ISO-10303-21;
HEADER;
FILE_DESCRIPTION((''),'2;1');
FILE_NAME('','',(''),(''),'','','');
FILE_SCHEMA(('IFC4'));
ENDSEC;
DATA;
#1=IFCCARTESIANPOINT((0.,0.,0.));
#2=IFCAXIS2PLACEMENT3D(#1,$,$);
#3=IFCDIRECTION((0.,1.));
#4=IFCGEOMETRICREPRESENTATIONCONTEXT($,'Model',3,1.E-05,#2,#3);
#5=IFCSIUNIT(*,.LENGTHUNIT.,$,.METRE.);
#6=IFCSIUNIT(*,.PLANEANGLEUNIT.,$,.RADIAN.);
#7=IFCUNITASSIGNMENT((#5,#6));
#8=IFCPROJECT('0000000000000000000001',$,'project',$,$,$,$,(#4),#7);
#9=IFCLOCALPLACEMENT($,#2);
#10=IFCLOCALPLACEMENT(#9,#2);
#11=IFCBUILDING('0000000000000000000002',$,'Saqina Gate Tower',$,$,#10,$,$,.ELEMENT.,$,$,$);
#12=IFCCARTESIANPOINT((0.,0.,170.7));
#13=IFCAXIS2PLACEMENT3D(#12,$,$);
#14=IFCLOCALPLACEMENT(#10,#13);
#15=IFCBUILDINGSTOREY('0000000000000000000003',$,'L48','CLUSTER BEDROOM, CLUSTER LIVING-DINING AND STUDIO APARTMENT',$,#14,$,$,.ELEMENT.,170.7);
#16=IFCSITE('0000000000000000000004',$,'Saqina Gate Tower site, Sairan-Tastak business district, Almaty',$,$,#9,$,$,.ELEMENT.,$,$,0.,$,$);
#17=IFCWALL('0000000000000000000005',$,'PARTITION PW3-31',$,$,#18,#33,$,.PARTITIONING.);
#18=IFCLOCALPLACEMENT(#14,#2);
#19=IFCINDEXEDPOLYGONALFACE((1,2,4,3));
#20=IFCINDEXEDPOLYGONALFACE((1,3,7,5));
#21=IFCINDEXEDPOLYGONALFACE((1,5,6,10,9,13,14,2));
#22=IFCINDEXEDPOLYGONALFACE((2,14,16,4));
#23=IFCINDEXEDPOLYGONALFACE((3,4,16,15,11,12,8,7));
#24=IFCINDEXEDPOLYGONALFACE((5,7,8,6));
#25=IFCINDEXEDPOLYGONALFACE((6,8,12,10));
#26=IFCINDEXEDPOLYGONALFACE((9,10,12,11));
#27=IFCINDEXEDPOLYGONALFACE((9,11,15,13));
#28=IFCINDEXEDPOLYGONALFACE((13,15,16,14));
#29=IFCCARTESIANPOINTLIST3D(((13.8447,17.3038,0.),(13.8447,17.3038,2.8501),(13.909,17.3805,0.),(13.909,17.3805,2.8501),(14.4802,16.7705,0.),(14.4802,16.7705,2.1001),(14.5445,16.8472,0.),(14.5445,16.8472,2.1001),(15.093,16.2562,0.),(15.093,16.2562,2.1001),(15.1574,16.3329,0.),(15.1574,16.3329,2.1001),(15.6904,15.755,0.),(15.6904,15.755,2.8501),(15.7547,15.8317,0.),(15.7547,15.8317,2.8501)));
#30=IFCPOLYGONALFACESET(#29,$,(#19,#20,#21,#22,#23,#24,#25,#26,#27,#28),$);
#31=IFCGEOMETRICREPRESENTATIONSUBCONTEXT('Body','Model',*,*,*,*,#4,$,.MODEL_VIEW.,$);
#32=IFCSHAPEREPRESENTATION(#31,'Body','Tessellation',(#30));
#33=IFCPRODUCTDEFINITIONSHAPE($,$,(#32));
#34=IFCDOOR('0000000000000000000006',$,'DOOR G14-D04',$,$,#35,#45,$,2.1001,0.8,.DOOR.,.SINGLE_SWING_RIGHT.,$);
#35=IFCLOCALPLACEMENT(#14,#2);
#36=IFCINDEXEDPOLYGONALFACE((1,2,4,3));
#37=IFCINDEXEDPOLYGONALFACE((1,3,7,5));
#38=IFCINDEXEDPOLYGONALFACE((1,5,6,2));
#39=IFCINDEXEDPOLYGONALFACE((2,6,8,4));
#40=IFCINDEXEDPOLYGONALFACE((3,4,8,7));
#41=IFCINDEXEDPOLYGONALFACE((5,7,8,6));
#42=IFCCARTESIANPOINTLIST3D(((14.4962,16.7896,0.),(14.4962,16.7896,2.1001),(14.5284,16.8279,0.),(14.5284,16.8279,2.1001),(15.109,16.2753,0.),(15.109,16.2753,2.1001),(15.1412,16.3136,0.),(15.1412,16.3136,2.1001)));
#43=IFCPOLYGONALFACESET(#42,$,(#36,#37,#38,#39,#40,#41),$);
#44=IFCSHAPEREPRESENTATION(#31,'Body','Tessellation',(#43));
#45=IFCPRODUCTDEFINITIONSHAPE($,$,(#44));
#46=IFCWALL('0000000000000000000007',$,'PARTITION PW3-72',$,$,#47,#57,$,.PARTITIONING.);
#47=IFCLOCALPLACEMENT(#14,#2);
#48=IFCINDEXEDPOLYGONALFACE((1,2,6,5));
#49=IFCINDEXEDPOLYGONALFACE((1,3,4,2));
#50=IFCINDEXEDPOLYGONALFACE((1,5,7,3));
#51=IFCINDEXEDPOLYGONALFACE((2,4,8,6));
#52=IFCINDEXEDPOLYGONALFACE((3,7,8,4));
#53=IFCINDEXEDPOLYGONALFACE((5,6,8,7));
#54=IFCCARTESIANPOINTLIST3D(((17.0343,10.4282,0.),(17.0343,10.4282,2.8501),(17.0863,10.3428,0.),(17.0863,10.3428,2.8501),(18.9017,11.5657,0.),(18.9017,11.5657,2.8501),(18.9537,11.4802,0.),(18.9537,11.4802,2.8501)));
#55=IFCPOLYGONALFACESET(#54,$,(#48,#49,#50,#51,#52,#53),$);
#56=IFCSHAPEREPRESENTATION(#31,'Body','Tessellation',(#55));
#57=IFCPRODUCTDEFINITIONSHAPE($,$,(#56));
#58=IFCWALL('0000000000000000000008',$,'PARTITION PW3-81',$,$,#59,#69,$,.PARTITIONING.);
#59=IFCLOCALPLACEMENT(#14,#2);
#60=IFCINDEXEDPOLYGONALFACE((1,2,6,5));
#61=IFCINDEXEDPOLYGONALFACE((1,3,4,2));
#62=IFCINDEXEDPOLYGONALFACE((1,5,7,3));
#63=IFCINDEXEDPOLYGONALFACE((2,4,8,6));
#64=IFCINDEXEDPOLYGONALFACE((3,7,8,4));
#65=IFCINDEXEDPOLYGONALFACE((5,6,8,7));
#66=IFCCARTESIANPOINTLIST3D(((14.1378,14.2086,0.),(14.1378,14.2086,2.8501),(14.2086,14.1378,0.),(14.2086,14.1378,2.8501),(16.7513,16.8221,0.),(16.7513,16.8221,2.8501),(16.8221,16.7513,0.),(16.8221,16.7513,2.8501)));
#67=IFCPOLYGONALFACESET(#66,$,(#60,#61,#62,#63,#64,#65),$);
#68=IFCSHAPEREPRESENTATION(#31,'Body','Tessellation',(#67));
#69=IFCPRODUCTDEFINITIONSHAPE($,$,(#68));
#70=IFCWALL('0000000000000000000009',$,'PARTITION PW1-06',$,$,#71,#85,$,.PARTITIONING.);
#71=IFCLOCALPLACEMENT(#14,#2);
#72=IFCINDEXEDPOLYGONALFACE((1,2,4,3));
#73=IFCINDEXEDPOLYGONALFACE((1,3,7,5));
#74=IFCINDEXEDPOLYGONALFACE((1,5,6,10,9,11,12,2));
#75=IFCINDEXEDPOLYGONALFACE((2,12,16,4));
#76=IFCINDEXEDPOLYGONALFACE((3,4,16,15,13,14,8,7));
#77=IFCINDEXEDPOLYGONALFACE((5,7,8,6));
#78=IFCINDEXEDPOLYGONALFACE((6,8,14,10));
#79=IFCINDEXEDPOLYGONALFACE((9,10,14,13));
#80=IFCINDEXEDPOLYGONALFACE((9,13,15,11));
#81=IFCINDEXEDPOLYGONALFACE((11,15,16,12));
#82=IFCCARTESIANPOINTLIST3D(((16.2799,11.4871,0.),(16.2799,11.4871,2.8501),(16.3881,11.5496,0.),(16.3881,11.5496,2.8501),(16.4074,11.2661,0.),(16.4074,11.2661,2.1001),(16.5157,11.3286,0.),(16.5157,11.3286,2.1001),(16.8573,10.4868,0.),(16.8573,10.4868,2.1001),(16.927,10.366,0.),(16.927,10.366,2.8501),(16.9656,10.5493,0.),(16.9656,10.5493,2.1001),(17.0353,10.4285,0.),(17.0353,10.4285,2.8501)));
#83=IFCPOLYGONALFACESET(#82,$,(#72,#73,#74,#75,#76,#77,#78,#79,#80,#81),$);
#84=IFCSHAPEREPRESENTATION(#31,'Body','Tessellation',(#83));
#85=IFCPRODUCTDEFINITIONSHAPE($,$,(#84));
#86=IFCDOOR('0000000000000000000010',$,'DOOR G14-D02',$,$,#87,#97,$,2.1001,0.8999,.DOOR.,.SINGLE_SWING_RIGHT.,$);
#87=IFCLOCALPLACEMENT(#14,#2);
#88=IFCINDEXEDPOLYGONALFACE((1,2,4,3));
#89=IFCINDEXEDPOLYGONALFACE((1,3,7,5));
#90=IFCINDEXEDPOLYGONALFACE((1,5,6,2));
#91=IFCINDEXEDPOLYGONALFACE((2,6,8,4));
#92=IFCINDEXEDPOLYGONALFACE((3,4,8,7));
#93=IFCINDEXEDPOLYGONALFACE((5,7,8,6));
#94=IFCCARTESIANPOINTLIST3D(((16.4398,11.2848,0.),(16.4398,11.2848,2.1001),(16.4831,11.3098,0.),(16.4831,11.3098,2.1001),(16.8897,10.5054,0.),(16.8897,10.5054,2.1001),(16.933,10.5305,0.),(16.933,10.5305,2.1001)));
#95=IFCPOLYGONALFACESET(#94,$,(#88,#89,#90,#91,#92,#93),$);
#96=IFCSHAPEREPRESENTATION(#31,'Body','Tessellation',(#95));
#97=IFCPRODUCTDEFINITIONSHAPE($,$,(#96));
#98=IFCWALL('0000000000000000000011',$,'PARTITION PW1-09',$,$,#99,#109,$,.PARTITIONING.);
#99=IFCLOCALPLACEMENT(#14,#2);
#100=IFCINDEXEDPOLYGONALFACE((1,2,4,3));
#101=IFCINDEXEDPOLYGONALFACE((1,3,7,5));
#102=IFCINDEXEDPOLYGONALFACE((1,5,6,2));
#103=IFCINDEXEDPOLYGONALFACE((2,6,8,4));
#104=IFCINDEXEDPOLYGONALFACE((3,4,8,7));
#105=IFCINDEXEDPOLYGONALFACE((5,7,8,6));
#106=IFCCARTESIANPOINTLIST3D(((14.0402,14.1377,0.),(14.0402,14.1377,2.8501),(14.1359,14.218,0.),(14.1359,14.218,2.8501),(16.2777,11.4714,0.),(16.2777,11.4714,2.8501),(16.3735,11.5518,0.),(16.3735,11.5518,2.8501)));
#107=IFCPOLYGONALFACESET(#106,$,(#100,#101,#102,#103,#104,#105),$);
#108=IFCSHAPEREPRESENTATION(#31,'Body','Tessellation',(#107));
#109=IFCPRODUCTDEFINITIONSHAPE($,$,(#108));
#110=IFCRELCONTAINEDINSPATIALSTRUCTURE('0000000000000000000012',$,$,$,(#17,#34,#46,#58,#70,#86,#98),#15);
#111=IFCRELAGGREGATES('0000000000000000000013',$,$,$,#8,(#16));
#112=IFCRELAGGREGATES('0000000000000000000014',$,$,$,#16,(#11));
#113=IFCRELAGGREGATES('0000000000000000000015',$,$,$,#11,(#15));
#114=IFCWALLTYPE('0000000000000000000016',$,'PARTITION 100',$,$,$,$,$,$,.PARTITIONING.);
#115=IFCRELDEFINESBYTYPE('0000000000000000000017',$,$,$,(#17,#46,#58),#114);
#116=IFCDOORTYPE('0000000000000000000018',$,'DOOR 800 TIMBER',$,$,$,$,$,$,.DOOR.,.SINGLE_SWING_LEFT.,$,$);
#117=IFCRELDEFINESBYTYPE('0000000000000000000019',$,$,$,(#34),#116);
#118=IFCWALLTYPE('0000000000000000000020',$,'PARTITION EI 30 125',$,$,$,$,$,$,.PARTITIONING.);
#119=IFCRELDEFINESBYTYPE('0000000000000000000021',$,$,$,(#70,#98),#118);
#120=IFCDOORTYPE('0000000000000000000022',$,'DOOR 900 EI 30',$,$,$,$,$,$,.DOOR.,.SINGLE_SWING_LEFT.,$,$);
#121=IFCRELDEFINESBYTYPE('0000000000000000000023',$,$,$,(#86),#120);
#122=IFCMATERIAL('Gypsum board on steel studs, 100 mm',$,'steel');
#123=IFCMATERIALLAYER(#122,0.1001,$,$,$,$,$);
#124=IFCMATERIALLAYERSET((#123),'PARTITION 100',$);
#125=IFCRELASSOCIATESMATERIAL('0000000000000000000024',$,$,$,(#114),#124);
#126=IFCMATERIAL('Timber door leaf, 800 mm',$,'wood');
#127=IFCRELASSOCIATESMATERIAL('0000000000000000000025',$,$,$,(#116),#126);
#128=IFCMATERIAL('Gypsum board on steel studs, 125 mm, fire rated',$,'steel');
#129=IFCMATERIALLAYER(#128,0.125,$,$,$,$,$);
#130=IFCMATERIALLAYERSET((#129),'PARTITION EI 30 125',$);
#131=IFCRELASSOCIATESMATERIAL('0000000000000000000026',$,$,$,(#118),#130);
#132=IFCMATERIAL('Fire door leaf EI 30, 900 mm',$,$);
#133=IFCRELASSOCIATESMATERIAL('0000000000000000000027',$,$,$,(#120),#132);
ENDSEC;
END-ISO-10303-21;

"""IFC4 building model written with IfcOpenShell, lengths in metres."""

from ifc_helpers import new_model, si_unit, direction, frame, frame_2d, origin, place, context, subcontext, project, spatial, rectangle, extrude, material, layer, layer_set, type_object, element, fill, save


model = new_model("IFC4")

# Units and contexts
model_context = context("Model", 3, precision=1e-05, world=origin(), true_north=direction((0.0, 1.0)))
body_context = subcontext(model_context, "Body", "Model", "MODEL_VIEW")
ifc_project = project(units=[si_unit("LENGTHUNIT", "METRE"), si_unit("PLANEANGLEUNIT", "RADIAN")], contexts=[model_context])

# Site, building, storey
site_placement = place(None, origin())
site = spatial("IfcSite", under=ifc_project, at=site_placement, Name="Saqina Gate Tower site, Sairan-Tastak business district, Almaty", CompositionType="ELEMENT", RefElevation=0.0)
building_placement = place(site_placement, origin())
building = spatial("IfcBuilding", under=site, at=building_placement, Name="Saqina Gate Tower", CompositionType="ELEMENT")
storey_placement = place(building_placement, frame((0.0, 0.0, 170.7)))
storey = spatial("IfcBuildingStorey", under=building, at=storey_placement, Name="L48", Description="CLUSTER BEDROOM, CLUSTER LIVING-DINING AND STUDIO APARTMENT", CompositionType="ELEMENT", Elevation=170.7)

# Shared definitions
ifc_material_1 = material(Name="Gypsum board on steel studs, 100 mm", Category="steel")
ifc_layer_1 = layer(ifc_material_1, 0.1001)
ifc_layer_set_1 = layer_set([ifc_layer_1], Name="PARTITION 100")
wall_type_1 = type_object("IfcWallType", Name="PARTITION 100", PredefinedType="PARTITIONING", material=ifc_layer_set_1)

# Wall, opening, door
ifc_material_2 = material(Name="Timber door leaf, 800 mm", Category="wood")
door_type_1 = type_object("IfcDoorType", Name="DOOR 800 TIMBER", OperationType="SINGLE_SWING_LEFT", PredefinedType="DOOR", material=ifc_material_2)
wall_1_placement = place(storey_placement, frame((13.877, 17.342, 0.0), z_axis=(0.0, 0.0, 1.0), x_axis=(0.766024, -0.642812, 0.0)))
wall_1 = element("IfcWall", 1, at=wall_1_placement, inside=storey, type_object=wall_type_1, Name="PARTITION PW3-31", PredefinedType="PARTITIONING", context=body_context, shape_type="SweptSolid", body=[
    extrude(rectangle(XDim=2.4094, YDim=0.1001, at=frame_2d((1.2046, 0.0))), origin(), (0.0, 0.0, 1.0), 2.8501),
])
opening_1_placement = place(wall_1_placement, frame((0.8296, 0.0, 0.0)))
opening_1 = element("IfcOpeningElement", 2, at=opening_1_placement, cuts=wall_1, PredefinedType="OPENING", context=body_context, shape_type="SweptSolid", body=[
    extrude(rectangle(XDim=0.8, YDim=2.1001, at=frame_2d((0.3999, 1.05))), frame((0.0, 0.062, 0.0), z_axis=(0.0, -1.0, 0.0), x_axis=(1.0, 0.0, 0.0)), (0.0, 0.0, 1.0), 0.124),
])
door_1_placement = place(opening_1_placement, origin())
door_1 = element("IfcDoor", 3, at=door_1_placement, inside=storey, type_object=door_type_1, Name="DOOR G14-D04", OperationType="SINGLE_SWING_RIGHT", OverallHeight=2.1001, OverallWidth=0.8, PredefinedType="DOOR", context=body_context, shape_type="SweptSolid", body=[
    extrude(rectangle(XDim=0.8, YDim=2.1001, at=frame_2d((0.3999, 1.05))), frame((0.0, 0.0249, 0.0), z_axis=(0.0, -1.0, 0.0), x_axis=(1.0, 0.0, 0.0)), (0.0, 0.0, 1.0), 0.05),
])
fill(opening_1, door_1)

# Walls
wall_2_placement = place(storey_placement, frame((17.0603, 10.3855, 0.0), z_axis=(0.0, 0.0, 1.0), x_axis=(0.854045, 0.520198, 0.0)))
element("IfcWall", 4, at=wall_2_placement, inside=storey, type_object=wall_type_1, Name="PARTITION PW3-72", PredefinedType="PARTITIONING", context=body_context, shape_type="SweptSolid", body=[
    extrude(rectangle(XDim=2.1865, YDim=0.1001, at=frame_2d((1.0933, 0.0))), origin(), (0.0, 0.0, 1.0), 2.8501),
])
wall_3_placement = place(storey_placement, frame((14.1731, 14.1731, 0.0), z_axis=(0.0, 0.0, 1.0), x_axis=(0.707107, 0.707107, 0.0)))
element("IfcWall", 5, at=wall_3_placement, inside=storey, type_object=wall_type_1, Name="PARTITION PW3-81", PredefinedType="PARTITIONING", context=body_context, shape_type="SweptSolid", body=[
    extrude(rectangle(XDim=3.696, YDim=0.1001, at=frame_2d((1.8481, 0.0))), origin(), (0.0, 0.0, 1.0), 2.8501),
])

# Wall, opening, door
ifc_material_3 = material(Name="Gypsum board on steel studs, 125 mm, fire rated", Category="steel")
ifc_layer_2 = layer(ifc_material_3, 0.125)
ifc_layer_set_2 = layer_set([ifc_layer_2], Name="PARTITION EI 30 125")
wall_type_2 = type_object("IfcWallType", Name="PARTITION EI 30 125", PredefinedType="PARTITIONING", material=ifc_layer_set_2)
wall_4_placement = place(storey_placement, frame((16.334, 11.5183, 0.0), z_axis=(0.0, 0.0, 1.0), x_axis=(0.499973, -0.866041, 0.0)))
wall_4 = element("IfcWall", 6, at=wall_4_placement, inside=storey, type_object=wall_type_2, Name="PARTITION PW1-06", PredefinedType="PARTITIONING", context=body_context, shape_type="SweptSolid", body=[
    extrude(rectangle(XDim=1.2944, YDim=0.125, at=frame_2d((0.6472, 0.0))), origin(), (0.0, 0.0, 1.0), 2.8501),
])
opening_2_placement = place(wall_4_placement, frame((0.2551, 0.0, 0.0)))
opening_2 = element("IfcOpeningElement", 7, at=opening_2_placement, cuts=wall_4, PredefinedType="OPENING", context=body_context, shape_type="SweptSolid", body=[
    extrude(rectangle(XDim=0.8999, YDim=2.1001, at=frame_2d((0.45, 1.05))), frame((0.0, 0.0745, 0.0), z_axis=(0.0, -1.0, 0.0), x_axis=(1.0, 0.0, 0.0)), (0.0, 0.0, 1.0), 0.1489),
])
ifc_material_4 = material(Name="Fire door leaf EI 30, 900 mm")
door_type_2 = type_object("IfcDoorType", Name="DOOR 900 EI 30", OperationType="SINGLE_SWING_LEFT", PredefinedType="DOOR", material=ifc_material_4)
door_2_placement = place(opening_2_placement, origin())
door_2 = element("IfcDoor", 8, at=door_2_placement, inside=storey, type_object=door_type_2, Name="DOOR G14-D02", OperationType="SINGLE_SWING_RIGHT", OverallHeight=2.1001, OverallWidth=0.8999, PredefinedType="DOOR", context=body_context, shape_type="SweptSolid", body=[
    extrude(rectangle(XDim=0.8999, YDim=2.1001, at=frame_2d((0.45, 1.05))), frame((0.0, 0.0249, 0.0), z_axis=(0.0, -1.0, 0.0), x_axis=(1.0, 0.0, 0.0)), (0.0, 0.0, 1.0), 0.05),
])
fill(opening_2, door_2)

# Wall
wall_5_placement = place(storey_placement, frame((14.0881, 14.1777, 0.0), z_axis=(0.0, 0.0, 1.0), x_axis=(0.642837, -0.766003, 0.0)))
element("IfcWall", 9, at=wall_5_placement, inside=storey, type_object=wall_type_2, Name="PARTITION PW1-09", PredefinedType="PARTITIONING", context=body_context, shape_type="SweptSolid", body=[
    extrude(rectangle(XDim=3.4807, YDim=0.125, at=frame_2d((1.7402, 0.0))), origin(), (0.0, 0.0, 1.0), 2.8501),
])

save(model, "model.ifc")
